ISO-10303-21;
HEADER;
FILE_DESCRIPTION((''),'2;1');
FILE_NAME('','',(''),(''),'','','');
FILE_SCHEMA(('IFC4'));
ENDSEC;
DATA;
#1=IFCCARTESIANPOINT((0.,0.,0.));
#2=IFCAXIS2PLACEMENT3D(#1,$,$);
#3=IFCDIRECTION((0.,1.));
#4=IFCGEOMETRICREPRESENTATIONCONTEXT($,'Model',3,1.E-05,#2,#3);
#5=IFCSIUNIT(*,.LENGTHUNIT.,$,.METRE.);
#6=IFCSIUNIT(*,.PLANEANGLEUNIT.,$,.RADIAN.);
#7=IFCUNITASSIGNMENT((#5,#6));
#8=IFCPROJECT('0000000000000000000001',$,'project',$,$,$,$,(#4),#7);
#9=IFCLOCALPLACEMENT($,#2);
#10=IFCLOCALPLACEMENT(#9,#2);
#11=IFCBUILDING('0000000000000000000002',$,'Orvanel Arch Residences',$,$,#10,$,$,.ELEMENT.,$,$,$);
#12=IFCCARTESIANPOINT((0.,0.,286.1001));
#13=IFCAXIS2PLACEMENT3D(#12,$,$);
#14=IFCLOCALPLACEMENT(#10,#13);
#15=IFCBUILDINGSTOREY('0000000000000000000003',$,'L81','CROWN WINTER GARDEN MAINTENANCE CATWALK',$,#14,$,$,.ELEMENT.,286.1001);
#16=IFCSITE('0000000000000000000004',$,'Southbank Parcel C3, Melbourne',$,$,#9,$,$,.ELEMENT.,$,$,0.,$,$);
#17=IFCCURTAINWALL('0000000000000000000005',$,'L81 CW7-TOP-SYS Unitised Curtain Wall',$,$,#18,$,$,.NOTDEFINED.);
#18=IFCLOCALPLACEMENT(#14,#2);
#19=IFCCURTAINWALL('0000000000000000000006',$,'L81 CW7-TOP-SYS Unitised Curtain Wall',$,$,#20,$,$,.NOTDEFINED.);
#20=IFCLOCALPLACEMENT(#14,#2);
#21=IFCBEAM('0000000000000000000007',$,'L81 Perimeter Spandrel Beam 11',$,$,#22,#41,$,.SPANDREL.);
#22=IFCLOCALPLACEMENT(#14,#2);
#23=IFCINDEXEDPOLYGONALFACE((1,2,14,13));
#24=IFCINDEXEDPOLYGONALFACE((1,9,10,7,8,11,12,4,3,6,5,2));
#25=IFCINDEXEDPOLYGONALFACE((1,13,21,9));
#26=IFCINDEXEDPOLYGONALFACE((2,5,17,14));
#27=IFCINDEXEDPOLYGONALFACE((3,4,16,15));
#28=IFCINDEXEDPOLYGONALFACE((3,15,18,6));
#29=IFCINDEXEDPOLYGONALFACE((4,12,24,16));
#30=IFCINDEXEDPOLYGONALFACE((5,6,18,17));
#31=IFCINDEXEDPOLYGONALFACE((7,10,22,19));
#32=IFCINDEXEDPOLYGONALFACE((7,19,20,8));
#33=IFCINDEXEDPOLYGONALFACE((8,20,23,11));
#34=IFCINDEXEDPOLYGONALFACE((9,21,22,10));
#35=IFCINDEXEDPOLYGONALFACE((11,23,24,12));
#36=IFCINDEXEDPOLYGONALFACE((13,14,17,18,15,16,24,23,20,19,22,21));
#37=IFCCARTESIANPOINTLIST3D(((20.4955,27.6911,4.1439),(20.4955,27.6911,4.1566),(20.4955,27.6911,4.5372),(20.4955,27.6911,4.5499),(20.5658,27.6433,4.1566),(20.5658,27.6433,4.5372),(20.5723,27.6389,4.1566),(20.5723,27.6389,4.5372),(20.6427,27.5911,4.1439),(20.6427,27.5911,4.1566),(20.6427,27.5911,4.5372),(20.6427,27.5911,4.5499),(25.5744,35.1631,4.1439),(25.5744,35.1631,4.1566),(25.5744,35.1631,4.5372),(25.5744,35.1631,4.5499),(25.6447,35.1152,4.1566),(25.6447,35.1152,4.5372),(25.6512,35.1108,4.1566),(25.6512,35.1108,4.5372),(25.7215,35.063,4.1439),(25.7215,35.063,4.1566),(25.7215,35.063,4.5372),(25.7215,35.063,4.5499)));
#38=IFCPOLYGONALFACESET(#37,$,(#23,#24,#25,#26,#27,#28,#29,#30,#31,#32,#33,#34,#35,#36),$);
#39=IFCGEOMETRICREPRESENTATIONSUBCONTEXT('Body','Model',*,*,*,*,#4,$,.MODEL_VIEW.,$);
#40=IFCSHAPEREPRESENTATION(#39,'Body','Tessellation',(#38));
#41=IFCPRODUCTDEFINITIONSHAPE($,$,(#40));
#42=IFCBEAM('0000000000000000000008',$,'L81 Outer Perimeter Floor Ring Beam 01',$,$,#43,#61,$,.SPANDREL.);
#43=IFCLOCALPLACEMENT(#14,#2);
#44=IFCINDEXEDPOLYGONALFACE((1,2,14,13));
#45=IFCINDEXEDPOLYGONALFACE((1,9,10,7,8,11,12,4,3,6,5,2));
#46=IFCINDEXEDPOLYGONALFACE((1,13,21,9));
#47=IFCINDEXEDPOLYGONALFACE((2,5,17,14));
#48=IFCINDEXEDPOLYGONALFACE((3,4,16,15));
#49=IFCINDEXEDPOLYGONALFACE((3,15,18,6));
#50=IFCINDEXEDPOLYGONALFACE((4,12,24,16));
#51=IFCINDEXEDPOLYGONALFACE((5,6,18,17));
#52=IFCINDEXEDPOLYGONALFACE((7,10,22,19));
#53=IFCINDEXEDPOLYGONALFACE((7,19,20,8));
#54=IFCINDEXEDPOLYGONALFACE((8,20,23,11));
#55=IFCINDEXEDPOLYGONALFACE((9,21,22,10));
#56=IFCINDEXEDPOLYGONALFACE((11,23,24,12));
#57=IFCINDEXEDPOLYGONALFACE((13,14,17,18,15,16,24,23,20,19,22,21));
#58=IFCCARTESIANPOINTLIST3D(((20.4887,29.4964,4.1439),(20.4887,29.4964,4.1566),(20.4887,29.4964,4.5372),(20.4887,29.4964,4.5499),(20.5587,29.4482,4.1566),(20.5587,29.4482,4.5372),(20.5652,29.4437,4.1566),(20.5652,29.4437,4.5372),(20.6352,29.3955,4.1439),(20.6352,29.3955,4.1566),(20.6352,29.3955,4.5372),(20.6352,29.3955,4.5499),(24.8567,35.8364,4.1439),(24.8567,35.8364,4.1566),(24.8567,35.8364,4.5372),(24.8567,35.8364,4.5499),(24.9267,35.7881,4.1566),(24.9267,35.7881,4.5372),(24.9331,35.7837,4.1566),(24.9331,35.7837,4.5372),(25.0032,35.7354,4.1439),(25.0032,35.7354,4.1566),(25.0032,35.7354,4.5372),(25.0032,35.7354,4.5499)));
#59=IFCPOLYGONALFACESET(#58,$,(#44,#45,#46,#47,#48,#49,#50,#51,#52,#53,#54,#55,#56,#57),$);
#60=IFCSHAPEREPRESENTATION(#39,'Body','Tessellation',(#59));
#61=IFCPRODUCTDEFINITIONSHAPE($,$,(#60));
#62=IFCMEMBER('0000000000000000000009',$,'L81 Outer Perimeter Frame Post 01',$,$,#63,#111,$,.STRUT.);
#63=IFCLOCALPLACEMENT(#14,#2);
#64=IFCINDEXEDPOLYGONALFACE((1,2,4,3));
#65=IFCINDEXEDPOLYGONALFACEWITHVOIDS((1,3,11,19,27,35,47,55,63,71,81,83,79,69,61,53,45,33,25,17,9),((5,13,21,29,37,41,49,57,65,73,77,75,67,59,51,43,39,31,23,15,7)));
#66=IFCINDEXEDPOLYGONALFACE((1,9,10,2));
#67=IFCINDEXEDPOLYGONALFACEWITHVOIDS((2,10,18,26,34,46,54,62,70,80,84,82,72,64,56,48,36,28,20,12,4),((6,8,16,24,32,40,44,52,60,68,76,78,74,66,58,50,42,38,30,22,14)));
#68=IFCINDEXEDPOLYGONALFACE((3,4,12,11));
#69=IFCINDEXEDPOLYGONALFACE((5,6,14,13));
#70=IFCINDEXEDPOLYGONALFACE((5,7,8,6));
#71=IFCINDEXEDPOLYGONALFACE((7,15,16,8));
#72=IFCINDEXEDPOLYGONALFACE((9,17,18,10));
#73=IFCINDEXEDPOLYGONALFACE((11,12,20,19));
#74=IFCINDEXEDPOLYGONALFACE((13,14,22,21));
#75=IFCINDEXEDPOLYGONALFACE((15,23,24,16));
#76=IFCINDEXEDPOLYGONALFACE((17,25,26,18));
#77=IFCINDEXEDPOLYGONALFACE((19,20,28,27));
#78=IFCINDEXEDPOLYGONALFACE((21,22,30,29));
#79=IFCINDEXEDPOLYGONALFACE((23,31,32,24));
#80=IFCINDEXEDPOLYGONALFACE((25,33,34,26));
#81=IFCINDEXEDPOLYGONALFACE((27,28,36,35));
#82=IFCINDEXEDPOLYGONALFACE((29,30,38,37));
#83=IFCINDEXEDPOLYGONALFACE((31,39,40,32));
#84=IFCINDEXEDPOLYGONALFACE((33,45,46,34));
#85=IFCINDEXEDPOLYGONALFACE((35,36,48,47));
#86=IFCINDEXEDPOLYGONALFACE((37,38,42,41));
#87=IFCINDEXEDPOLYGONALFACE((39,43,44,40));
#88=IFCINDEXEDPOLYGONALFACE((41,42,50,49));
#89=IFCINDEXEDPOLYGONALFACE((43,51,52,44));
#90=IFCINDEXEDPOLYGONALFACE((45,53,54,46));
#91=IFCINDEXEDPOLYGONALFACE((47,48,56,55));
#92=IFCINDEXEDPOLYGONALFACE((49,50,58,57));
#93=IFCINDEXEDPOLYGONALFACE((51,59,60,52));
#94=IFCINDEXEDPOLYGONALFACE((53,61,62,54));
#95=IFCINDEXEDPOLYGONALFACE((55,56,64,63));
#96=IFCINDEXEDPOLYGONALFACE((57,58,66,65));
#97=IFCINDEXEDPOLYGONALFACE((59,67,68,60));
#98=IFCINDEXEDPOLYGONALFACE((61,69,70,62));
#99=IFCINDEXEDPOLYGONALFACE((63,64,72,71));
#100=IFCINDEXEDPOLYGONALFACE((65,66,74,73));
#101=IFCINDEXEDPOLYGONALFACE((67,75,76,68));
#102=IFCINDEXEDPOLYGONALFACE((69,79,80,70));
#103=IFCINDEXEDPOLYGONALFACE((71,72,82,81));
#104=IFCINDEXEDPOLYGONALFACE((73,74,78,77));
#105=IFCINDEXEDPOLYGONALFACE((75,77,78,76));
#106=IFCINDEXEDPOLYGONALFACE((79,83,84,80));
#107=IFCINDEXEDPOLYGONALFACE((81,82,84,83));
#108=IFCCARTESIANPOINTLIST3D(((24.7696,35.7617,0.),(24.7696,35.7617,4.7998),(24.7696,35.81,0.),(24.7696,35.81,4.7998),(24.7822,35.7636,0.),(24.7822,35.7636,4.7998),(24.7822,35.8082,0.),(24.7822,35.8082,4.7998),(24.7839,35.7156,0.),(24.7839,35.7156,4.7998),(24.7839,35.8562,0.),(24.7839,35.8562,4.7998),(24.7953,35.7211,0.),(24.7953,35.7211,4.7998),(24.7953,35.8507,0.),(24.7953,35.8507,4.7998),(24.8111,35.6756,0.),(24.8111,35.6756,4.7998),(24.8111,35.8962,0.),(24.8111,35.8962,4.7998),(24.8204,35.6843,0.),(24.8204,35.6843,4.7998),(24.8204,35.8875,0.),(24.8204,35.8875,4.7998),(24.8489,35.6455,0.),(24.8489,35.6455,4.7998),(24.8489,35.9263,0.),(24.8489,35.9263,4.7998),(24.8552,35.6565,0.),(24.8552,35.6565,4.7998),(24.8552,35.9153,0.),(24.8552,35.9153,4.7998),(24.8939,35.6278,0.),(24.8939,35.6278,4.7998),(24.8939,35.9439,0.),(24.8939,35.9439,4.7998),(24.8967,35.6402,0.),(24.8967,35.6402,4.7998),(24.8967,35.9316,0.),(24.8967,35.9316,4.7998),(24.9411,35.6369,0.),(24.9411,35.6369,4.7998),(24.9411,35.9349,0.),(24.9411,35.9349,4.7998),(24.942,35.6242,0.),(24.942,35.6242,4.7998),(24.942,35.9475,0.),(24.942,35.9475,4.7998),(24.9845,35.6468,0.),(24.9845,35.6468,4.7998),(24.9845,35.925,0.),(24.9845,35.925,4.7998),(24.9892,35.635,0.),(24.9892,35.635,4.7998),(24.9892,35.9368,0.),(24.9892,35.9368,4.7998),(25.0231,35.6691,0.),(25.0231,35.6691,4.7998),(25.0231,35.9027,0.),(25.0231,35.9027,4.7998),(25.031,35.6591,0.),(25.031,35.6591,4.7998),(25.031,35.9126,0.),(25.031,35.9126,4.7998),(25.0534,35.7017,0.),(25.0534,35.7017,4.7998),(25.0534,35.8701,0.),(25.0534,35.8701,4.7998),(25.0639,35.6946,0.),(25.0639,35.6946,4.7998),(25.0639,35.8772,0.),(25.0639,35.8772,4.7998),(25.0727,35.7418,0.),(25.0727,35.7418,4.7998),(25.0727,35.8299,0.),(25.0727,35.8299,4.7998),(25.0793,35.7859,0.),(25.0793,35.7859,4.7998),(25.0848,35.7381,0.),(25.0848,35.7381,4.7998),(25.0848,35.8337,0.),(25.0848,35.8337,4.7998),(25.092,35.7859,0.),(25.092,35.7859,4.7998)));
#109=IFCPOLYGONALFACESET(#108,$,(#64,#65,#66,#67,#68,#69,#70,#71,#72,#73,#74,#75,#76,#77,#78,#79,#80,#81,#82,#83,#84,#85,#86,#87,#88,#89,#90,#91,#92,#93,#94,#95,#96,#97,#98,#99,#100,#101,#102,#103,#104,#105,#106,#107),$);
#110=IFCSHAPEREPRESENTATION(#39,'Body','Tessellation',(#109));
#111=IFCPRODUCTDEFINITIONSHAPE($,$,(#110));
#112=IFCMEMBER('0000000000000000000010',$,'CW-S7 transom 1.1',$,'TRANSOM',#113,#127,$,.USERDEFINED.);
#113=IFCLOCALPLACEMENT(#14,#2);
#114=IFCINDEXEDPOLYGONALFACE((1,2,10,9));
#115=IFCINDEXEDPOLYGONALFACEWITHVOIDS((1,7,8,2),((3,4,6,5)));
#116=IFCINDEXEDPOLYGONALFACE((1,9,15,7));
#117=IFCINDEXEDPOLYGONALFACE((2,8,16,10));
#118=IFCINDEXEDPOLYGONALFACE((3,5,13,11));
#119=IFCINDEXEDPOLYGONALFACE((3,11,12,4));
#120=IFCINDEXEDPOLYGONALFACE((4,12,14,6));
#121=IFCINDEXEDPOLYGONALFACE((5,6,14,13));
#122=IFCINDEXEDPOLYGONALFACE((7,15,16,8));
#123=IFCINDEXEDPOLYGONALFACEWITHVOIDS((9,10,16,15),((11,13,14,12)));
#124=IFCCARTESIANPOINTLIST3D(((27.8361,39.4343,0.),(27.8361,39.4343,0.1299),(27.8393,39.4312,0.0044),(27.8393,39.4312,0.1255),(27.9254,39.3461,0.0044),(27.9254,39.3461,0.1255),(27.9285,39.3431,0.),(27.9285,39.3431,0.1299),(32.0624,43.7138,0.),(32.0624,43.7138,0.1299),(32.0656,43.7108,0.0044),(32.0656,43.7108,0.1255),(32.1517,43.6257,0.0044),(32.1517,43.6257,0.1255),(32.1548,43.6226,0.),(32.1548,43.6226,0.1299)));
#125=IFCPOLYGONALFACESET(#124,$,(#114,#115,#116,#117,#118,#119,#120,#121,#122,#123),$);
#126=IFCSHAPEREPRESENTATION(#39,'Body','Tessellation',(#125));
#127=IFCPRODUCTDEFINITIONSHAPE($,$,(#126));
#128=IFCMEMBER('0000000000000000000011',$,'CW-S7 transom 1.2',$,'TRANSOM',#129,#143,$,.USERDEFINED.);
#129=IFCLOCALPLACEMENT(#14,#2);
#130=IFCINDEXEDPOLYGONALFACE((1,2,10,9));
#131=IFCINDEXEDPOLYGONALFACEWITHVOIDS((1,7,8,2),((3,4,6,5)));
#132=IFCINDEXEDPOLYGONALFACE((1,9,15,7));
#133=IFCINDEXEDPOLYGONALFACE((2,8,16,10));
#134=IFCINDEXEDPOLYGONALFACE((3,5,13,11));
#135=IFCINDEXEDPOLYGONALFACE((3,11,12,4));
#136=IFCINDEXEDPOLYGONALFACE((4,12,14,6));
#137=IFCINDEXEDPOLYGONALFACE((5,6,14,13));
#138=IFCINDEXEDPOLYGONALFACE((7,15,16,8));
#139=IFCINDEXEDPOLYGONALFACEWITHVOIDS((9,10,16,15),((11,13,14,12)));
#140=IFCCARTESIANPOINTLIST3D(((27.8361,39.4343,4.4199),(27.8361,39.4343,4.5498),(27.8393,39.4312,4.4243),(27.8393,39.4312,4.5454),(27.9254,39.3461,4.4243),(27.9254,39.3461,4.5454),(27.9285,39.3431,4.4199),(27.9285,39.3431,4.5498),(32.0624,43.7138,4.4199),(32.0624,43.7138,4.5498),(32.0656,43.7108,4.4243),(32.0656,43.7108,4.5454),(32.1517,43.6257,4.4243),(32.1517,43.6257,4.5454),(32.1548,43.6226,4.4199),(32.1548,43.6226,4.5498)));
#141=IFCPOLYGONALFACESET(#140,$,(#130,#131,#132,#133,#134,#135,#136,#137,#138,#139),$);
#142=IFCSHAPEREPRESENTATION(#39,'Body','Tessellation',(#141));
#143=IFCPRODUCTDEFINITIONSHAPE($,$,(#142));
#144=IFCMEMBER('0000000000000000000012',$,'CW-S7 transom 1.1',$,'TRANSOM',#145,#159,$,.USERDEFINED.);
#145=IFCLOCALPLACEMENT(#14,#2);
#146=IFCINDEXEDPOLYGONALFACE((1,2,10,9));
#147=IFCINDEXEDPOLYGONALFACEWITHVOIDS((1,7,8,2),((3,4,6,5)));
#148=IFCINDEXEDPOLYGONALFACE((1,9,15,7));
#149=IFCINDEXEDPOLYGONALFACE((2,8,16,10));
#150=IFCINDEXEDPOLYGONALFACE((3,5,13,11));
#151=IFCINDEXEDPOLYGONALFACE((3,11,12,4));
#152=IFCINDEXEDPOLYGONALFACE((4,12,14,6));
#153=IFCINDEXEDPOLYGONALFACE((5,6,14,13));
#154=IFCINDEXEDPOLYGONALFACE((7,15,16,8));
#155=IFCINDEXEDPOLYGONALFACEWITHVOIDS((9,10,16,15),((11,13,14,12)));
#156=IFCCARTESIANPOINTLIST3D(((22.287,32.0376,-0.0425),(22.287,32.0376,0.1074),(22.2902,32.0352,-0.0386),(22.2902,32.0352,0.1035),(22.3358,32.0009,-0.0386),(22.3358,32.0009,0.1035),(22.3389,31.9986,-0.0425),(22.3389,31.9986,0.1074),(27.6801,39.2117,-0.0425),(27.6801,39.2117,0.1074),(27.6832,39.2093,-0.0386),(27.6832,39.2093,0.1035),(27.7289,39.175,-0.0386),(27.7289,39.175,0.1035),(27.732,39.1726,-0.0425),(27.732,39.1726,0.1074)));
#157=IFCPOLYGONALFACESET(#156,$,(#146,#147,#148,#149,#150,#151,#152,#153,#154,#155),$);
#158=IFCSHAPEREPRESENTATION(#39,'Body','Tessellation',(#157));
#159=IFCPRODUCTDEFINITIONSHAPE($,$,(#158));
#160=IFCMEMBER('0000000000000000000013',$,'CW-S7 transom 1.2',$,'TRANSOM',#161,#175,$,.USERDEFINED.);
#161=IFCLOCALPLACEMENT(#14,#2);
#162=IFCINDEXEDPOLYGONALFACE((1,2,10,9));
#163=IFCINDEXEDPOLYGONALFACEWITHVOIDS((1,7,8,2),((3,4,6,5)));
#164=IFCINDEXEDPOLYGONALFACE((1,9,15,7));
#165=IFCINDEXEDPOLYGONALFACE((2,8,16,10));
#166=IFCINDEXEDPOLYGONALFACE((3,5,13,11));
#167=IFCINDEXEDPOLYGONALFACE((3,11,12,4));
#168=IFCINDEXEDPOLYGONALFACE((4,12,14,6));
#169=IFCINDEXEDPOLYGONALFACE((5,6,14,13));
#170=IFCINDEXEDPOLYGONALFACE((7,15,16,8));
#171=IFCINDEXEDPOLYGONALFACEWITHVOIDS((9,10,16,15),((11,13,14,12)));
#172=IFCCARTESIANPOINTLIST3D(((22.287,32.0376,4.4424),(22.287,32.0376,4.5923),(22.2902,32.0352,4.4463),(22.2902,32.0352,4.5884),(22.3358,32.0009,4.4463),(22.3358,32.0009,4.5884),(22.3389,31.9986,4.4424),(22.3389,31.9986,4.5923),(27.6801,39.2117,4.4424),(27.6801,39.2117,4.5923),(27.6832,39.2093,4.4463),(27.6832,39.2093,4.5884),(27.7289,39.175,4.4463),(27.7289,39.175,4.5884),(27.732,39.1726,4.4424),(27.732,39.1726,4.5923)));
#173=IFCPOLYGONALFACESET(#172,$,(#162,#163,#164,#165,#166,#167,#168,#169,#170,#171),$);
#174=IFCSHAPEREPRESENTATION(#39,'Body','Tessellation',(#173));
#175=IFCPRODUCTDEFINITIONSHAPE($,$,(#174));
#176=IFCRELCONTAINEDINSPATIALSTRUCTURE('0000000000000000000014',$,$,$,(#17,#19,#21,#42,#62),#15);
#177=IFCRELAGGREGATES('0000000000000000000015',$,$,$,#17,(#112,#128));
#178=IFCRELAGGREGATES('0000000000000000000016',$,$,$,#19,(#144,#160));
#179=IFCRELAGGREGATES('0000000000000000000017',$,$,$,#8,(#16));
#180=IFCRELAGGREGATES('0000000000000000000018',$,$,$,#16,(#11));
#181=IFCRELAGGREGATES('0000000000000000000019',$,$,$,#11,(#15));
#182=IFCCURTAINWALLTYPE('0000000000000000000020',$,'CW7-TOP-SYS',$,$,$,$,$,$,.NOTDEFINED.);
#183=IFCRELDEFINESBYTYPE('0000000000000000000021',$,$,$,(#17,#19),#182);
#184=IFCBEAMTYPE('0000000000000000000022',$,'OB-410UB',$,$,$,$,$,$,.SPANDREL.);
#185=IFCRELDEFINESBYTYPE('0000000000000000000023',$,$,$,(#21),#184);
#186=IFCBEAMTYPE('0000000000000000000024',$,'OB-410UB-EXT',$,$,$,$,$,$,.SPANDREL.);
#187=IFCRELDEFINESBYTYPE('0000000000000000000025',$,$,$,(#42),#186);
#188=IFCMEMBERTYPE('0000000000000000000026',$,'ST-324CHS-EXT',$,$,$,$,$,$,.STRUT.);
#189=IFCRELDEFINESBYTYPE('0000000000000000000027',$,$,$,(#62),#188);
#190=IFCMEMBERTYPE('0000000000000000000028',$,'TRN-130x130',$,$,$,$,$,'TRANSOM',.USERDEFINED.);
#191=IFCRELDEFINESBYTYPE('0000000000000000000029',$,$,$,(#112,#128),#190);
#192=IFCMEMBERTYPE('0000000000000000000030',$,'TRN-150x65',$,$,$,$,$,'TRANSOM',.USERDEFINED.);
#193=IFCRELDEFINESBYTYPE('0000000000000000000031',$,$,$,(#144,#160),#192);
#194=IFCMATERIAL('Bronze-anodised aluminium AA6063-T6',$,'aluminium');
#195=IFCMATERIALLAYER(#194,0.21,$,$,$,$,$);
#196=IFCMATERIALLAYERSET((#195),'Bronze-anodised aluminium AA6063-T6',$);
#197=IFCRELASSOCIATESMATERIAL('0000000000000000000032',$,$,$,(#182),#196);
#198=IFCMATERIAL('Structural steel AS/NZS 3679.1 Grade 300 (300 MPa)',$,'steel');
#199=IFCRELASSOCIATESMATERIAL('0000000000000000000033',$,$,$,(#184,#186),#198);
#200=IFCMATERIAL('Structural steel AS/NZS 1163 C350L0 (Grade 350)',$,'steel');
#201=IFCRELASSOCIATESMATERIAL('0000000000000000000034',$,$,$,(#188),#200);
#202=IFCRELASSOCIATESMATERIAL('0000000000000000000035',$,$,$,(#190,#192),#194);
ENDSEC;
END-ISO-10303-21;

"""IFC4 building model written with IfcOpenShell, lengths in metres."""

from ifc_helpers import new_model, si_unit, direction, frame, origin, origin_2d, place, context, subcontext, project, spatial, hollow_rectangle, hollow_circle, i_section, extrude, material, layer, layer_set, material_profile, profile_set, type_object, element, aggregate, save


model = new_model("IFC4")

# Units and contexts
model_context = context("Model", 3, precision=1e-05, world=origin(), true_north=direction((0.0, 1.0)))
body_context = subcontext(model_context, "Body", "Model", "MODEL_VIEW")
ifc_project = project(units=[si_unit("LENGTHUNIT", "METRE"), si_unit("PLANEANGLEUNIT", "RADIAN")], contexts=[model_context])

# Site, building, storey
site_placement = place(None, origin())
site = spatial("IfcSite", under=ifc_project, at=site_placement, Name="Southbank Parcel C3, Melbourne", CompositionType="ELEMENT", RefElevation=0.0)
building_placement = place(site_placement, origin())
building = spatial("IfcBuilding", under=site, at=building_placement, Name="Orvanel Arch Residences", CompositionType="ELEMENT")
storey_placement = place(building_placement, frame((0.0, 0.0, 286.1001)))
storey = spatial("IfcBuildingStorey", under=building, at=storey_placement, Name="L81", Description="CROWN WINTER GARDEN MAINTENANCE CATWALK", CompositionType="ELEMENT", Elevation=286.1001)

# Shared definitions
ifc_material_1 = material(Name="Structural steel AS/NZS 3679.1 Grade 300 (300 MPa)", Category="steel")

# Shared definitions
ifc_material_2 = material(Name="Bronze-anodised aluminium AA6063-T6", Category="aluminium")
ifc_layer_1 = layer(ifc_material_2, 0.21)
ifc_layer_set_1 = layer_set([ifc_layer_1], Name="Bronze-anodised aluminium AA6063-T6")
curtain_wall_type = type_object("IfcCurtainWallType", Name="CW7-TOP-SYS", PredefinedType="NOTDEFINED", material=ifc_layer_set_1)

# Curtain walls
curtain_wall_1_placement = place(storey_placement, origin())
curtain_wall_1 = element("IfcCurtainWall", 1, at=curtain_wall_1_placement, inside=storey, type_object=curtain_wall_type, Name="L81 CW7-TOP-SYS Unitised Curtain Wall", PredefinedType="NOTDEFINED")
curtain_wall_2_placement = place(storey_placement, origin())
curtain_wall_2 = element("IfcCurtainWall", 2, at=curtain_wall_2_placement, inside=storey, type_object=curtain_wall_type, Name="L81 CW7-TOP-SYS Unitised Curtain Wall", PredefinedType="NOTDEFINED")

# Beams
ifc_material_profile_1 = material_profile(ifc_material_1, i_section(OverallWidth=0.178, OverallDepth=0.406, WebThickness=0.0078, FlangeThickness=0.0127, at=origin_2d()), Name="410UB59.7")
ifc_profile_set_1 = profile_set([ifc_material_profile_1], Name="Structural steel AS/NZS 3679.1 Grade 300 (300 MPa)")
beam_type_1 = type_object("IfcBeamType", Name="OB-410UB", PredefinedType="SPANDREL", material=ifc_profile_set_1)
beam_1_placement = place(storey_placement, frame((25.6479, 35.113, 4.3469), z_axis=(-0.562155, -0.827032, 0.0), x_axis=(0.827032, -0.562155, 0.0)))
element("IfcBeam", 3, at=beam_1_placement, inside=storey, type_object=beam_type_1, Name="L81 Perimeter Spandrel Beam 11", PredefinedType="SPANDREL", context=body_context, shape_type="SweptSolid", body=[
    extrude(i_section(OverallWidth=0.178, OverallDepth=0.406, WebThickness=0.0078, FlangeThickness=0.0127, at=origin_2d()), origin(), (0.0, 0.0, 1.0), 9.0347),
])
ifc_material_profile_2 = material_profile(ifc_material_1, i_section(OverallWidth=0.178, OverallDepth=0.406, WebThickness=0.0078, FlangeThickness=0.0127, at=origin_2d()), Name="410UB59.7")
ifc_profile_set_2 = profile_set([ifc_material_profile_2], Name="Structural steel AS/NZS 3679.1 Grade 300 (300 MPa)")
beam_type_2 = type_object("IfcBeamType", Name="OB-410UB-EXT", PredefinedType="SPANDREL", material=ifc_profile_set_2)
beam_2_placement = place(storey_placement, frame((24.9299, 35.7859, 4.3469), z_axis=(-0.567347, -0.823479, 0.0), x_axis=(0.823479, -0.567347, 0.0)))
element("IfcBeam", 4, at=beam_2_placement, inside=storey, type_object=beam_type_2, Name="L81 Outer Perimeter Floor Ring Beam 01", PredefinedType="SPANDREL", context=body_context, shape_type="SweptSolid", body=[
    extrude(i_section(OverallWidth=0.178, OverallDepth=0.406, WebThickness=0.0078, FlangeThickness=0.0127, at=origin_2d()), origin(), (0.0, 0.0, 1.0), 7.699),
])

# Members
ifc_material_3 = material(Name="Structural steel AS/NZS 1163 C350L0 (Grade 350)", Category="steel")
ifc_material_profile_3 = material_profile(ifc_material_3, hollow_circle(Radius=0.1621, WallThickness=0.0127, at=origin_2d()), Name="CHS324x12.7")
ifc_profile_set_3 = profile_set([ifc_material_profile_3], Name="Structural steel AS/NZS 1163 C350L0 (Grade 350)")
member_type_1 = type_object("IfcMemberType", Name="ST-324CHS-EXT", PredefinedType="STRUT", material=ifc_profile_set_3)
member_1_placement = place(storey_placement, frame((24.9299, 35.7859, 0.0), z_axis=(0.0, 0.0, 1.0), x_axis=(1.0, 0.0, 0.0)))
element("IfcMember", 5, at=member_1_placement, inside=storey, type_object=member_type_1, Name="L81 Outer Perimeter Frame Post 01", PredefinedType="STRUT", context=body_context, shape_type="SweptSolid", body=[
    extrude(hollow_circle(Radius=0.1621, WallThickness=0.0127, at=origin_2d()), origin(), (0.0, 0.0, 1.0), 4.7998),
])
ifc_material_profile_4 = material_profile(ifc_material_2, hollow_rectangle(XDim=0.1299, YDim=0.1299, WallThickness=0.0044, at=origin_2d()), Name="ALU130x130x4.5")
ifc_profile_set_4 = profile_set([ifc_material_profile_4], Name="Bronze-anodised aluminium AA6063-T6")
member_type_2 = type_object("IfcMemberType", Name="TRN-130x130", ElementType="TRANSOM", PredefinedType="USERDEFINED", material=ifc_profile_set_4)
member_2_placement = place(storey_placement, frame((32.1086, 43.6682, 0.0649), z_axis=(-0.702669, -0.711517, 0.0), x_axis=(0.711517, -0.702669, 0.0)))
member_2 = element("IfcMember", 6, at=member_2_placement, type_object=member_type_2, Name="CW-S7 transom 1.1", ObjectType="TRANSOM", PredefinedType="USERDEFINED", context=body_context, shape_type="SweptSolid", body=[
    extrude(hollow_rectangle(XDim=0.1299, YDim=0.1299, WallThickness=0.0044, at=origin_2d()), origin(), (0.0, 0.0, 1.0), 6.0146),
])
member_3_placement = place(storey_placement, frame((32.1086, 43.6682, 4.4849), z_axis=(-0.702669, -0.711517, 0.0), x_axis=(0.711517, -0.702669, 0.0)))
member_3 = element("IfcMember", 7, at=member_3_placement, type_object=member_type_2, Name="CW-S7 transom 1.2", ObjectType="TRANSOM", PredefinedType="USERDEFINED", context=body_context, shape_type="SweptSolid", body=[
    extrude(hollow_rectangle(XDim=0.1299, YDim=0.1299, WallThickness=0.0044, at=origin_2d()), origin(), (0.0, 0.0, 1.0), 6.0146),
])
ifc_material_profile_5 = material_profile(ifc_material_2, hollow_rectangle(XDim=0.0649, YDim=0.1499, WallThickness=0.0039, at=origin_2d()), Name="ALU150x65x4")
ifc_profile_set_5 = profile_set([ifc_material_profile_5], Name="Bronze-anodised aluminium AA6063-T6")
member_type_3 = type_object("IfcMemberType", Name="TRN-150x65", ElementType="TRANSOM", PredefinedType="USERDEFINED", material=ifc_profile_set_5)
member_4_placement = place(storey_placement, frame((27.7061, 39.1921, 0.0325), z_axis=(-0.600892, -0.79933, 0.0), x_axis=(0.79933, -0.600892, 0.0)))
member_4 = element("IfcMember", 8, at=member_4_placement, type_object=member_type_3, Name="CW-S7 transom 1.1", ObjectType="TRANSOM", PredefinedType="USERDEFINED", context=body_context, shape_type="SweptSolid", body=[
    extrude(hollow_rectangle(XDim=0.0649, YDim=0.1499, WallThickness=0.0039, at=origin_2d()), origin(), (0.0, 0.0, 1.0), 8.9751),
])
member_5_placement = place(storey_placement, frame((27.7061, 39.1921, 4.5173), z_axis=(-0.600892, -0.79933, 0.0), x_axis=(0.79933, -0.600892, 0.0)))
member_5 = element("IfcMember", 9, at=member_5_placement, type_object=member_type_3, Name="CW-S7 transom 1.2", ObjectType="TRANSOM", PredefinedType="USERDEFINED", context=body_context, shape_type="SweptSolid", body=[
    extrude(hollow_rectangle(XDim=0.0649, YDim=0.1499, WallThickness=0.0039, at=origin_2d()), origin(), (0.0, 0.0, 1.0), 8.9751),
])

aggregate(curtain_wall_1, [member_2, member_3])
aggregate(curtain_wall_2, [member_4, member_5])

save(model, "model.ifc")
